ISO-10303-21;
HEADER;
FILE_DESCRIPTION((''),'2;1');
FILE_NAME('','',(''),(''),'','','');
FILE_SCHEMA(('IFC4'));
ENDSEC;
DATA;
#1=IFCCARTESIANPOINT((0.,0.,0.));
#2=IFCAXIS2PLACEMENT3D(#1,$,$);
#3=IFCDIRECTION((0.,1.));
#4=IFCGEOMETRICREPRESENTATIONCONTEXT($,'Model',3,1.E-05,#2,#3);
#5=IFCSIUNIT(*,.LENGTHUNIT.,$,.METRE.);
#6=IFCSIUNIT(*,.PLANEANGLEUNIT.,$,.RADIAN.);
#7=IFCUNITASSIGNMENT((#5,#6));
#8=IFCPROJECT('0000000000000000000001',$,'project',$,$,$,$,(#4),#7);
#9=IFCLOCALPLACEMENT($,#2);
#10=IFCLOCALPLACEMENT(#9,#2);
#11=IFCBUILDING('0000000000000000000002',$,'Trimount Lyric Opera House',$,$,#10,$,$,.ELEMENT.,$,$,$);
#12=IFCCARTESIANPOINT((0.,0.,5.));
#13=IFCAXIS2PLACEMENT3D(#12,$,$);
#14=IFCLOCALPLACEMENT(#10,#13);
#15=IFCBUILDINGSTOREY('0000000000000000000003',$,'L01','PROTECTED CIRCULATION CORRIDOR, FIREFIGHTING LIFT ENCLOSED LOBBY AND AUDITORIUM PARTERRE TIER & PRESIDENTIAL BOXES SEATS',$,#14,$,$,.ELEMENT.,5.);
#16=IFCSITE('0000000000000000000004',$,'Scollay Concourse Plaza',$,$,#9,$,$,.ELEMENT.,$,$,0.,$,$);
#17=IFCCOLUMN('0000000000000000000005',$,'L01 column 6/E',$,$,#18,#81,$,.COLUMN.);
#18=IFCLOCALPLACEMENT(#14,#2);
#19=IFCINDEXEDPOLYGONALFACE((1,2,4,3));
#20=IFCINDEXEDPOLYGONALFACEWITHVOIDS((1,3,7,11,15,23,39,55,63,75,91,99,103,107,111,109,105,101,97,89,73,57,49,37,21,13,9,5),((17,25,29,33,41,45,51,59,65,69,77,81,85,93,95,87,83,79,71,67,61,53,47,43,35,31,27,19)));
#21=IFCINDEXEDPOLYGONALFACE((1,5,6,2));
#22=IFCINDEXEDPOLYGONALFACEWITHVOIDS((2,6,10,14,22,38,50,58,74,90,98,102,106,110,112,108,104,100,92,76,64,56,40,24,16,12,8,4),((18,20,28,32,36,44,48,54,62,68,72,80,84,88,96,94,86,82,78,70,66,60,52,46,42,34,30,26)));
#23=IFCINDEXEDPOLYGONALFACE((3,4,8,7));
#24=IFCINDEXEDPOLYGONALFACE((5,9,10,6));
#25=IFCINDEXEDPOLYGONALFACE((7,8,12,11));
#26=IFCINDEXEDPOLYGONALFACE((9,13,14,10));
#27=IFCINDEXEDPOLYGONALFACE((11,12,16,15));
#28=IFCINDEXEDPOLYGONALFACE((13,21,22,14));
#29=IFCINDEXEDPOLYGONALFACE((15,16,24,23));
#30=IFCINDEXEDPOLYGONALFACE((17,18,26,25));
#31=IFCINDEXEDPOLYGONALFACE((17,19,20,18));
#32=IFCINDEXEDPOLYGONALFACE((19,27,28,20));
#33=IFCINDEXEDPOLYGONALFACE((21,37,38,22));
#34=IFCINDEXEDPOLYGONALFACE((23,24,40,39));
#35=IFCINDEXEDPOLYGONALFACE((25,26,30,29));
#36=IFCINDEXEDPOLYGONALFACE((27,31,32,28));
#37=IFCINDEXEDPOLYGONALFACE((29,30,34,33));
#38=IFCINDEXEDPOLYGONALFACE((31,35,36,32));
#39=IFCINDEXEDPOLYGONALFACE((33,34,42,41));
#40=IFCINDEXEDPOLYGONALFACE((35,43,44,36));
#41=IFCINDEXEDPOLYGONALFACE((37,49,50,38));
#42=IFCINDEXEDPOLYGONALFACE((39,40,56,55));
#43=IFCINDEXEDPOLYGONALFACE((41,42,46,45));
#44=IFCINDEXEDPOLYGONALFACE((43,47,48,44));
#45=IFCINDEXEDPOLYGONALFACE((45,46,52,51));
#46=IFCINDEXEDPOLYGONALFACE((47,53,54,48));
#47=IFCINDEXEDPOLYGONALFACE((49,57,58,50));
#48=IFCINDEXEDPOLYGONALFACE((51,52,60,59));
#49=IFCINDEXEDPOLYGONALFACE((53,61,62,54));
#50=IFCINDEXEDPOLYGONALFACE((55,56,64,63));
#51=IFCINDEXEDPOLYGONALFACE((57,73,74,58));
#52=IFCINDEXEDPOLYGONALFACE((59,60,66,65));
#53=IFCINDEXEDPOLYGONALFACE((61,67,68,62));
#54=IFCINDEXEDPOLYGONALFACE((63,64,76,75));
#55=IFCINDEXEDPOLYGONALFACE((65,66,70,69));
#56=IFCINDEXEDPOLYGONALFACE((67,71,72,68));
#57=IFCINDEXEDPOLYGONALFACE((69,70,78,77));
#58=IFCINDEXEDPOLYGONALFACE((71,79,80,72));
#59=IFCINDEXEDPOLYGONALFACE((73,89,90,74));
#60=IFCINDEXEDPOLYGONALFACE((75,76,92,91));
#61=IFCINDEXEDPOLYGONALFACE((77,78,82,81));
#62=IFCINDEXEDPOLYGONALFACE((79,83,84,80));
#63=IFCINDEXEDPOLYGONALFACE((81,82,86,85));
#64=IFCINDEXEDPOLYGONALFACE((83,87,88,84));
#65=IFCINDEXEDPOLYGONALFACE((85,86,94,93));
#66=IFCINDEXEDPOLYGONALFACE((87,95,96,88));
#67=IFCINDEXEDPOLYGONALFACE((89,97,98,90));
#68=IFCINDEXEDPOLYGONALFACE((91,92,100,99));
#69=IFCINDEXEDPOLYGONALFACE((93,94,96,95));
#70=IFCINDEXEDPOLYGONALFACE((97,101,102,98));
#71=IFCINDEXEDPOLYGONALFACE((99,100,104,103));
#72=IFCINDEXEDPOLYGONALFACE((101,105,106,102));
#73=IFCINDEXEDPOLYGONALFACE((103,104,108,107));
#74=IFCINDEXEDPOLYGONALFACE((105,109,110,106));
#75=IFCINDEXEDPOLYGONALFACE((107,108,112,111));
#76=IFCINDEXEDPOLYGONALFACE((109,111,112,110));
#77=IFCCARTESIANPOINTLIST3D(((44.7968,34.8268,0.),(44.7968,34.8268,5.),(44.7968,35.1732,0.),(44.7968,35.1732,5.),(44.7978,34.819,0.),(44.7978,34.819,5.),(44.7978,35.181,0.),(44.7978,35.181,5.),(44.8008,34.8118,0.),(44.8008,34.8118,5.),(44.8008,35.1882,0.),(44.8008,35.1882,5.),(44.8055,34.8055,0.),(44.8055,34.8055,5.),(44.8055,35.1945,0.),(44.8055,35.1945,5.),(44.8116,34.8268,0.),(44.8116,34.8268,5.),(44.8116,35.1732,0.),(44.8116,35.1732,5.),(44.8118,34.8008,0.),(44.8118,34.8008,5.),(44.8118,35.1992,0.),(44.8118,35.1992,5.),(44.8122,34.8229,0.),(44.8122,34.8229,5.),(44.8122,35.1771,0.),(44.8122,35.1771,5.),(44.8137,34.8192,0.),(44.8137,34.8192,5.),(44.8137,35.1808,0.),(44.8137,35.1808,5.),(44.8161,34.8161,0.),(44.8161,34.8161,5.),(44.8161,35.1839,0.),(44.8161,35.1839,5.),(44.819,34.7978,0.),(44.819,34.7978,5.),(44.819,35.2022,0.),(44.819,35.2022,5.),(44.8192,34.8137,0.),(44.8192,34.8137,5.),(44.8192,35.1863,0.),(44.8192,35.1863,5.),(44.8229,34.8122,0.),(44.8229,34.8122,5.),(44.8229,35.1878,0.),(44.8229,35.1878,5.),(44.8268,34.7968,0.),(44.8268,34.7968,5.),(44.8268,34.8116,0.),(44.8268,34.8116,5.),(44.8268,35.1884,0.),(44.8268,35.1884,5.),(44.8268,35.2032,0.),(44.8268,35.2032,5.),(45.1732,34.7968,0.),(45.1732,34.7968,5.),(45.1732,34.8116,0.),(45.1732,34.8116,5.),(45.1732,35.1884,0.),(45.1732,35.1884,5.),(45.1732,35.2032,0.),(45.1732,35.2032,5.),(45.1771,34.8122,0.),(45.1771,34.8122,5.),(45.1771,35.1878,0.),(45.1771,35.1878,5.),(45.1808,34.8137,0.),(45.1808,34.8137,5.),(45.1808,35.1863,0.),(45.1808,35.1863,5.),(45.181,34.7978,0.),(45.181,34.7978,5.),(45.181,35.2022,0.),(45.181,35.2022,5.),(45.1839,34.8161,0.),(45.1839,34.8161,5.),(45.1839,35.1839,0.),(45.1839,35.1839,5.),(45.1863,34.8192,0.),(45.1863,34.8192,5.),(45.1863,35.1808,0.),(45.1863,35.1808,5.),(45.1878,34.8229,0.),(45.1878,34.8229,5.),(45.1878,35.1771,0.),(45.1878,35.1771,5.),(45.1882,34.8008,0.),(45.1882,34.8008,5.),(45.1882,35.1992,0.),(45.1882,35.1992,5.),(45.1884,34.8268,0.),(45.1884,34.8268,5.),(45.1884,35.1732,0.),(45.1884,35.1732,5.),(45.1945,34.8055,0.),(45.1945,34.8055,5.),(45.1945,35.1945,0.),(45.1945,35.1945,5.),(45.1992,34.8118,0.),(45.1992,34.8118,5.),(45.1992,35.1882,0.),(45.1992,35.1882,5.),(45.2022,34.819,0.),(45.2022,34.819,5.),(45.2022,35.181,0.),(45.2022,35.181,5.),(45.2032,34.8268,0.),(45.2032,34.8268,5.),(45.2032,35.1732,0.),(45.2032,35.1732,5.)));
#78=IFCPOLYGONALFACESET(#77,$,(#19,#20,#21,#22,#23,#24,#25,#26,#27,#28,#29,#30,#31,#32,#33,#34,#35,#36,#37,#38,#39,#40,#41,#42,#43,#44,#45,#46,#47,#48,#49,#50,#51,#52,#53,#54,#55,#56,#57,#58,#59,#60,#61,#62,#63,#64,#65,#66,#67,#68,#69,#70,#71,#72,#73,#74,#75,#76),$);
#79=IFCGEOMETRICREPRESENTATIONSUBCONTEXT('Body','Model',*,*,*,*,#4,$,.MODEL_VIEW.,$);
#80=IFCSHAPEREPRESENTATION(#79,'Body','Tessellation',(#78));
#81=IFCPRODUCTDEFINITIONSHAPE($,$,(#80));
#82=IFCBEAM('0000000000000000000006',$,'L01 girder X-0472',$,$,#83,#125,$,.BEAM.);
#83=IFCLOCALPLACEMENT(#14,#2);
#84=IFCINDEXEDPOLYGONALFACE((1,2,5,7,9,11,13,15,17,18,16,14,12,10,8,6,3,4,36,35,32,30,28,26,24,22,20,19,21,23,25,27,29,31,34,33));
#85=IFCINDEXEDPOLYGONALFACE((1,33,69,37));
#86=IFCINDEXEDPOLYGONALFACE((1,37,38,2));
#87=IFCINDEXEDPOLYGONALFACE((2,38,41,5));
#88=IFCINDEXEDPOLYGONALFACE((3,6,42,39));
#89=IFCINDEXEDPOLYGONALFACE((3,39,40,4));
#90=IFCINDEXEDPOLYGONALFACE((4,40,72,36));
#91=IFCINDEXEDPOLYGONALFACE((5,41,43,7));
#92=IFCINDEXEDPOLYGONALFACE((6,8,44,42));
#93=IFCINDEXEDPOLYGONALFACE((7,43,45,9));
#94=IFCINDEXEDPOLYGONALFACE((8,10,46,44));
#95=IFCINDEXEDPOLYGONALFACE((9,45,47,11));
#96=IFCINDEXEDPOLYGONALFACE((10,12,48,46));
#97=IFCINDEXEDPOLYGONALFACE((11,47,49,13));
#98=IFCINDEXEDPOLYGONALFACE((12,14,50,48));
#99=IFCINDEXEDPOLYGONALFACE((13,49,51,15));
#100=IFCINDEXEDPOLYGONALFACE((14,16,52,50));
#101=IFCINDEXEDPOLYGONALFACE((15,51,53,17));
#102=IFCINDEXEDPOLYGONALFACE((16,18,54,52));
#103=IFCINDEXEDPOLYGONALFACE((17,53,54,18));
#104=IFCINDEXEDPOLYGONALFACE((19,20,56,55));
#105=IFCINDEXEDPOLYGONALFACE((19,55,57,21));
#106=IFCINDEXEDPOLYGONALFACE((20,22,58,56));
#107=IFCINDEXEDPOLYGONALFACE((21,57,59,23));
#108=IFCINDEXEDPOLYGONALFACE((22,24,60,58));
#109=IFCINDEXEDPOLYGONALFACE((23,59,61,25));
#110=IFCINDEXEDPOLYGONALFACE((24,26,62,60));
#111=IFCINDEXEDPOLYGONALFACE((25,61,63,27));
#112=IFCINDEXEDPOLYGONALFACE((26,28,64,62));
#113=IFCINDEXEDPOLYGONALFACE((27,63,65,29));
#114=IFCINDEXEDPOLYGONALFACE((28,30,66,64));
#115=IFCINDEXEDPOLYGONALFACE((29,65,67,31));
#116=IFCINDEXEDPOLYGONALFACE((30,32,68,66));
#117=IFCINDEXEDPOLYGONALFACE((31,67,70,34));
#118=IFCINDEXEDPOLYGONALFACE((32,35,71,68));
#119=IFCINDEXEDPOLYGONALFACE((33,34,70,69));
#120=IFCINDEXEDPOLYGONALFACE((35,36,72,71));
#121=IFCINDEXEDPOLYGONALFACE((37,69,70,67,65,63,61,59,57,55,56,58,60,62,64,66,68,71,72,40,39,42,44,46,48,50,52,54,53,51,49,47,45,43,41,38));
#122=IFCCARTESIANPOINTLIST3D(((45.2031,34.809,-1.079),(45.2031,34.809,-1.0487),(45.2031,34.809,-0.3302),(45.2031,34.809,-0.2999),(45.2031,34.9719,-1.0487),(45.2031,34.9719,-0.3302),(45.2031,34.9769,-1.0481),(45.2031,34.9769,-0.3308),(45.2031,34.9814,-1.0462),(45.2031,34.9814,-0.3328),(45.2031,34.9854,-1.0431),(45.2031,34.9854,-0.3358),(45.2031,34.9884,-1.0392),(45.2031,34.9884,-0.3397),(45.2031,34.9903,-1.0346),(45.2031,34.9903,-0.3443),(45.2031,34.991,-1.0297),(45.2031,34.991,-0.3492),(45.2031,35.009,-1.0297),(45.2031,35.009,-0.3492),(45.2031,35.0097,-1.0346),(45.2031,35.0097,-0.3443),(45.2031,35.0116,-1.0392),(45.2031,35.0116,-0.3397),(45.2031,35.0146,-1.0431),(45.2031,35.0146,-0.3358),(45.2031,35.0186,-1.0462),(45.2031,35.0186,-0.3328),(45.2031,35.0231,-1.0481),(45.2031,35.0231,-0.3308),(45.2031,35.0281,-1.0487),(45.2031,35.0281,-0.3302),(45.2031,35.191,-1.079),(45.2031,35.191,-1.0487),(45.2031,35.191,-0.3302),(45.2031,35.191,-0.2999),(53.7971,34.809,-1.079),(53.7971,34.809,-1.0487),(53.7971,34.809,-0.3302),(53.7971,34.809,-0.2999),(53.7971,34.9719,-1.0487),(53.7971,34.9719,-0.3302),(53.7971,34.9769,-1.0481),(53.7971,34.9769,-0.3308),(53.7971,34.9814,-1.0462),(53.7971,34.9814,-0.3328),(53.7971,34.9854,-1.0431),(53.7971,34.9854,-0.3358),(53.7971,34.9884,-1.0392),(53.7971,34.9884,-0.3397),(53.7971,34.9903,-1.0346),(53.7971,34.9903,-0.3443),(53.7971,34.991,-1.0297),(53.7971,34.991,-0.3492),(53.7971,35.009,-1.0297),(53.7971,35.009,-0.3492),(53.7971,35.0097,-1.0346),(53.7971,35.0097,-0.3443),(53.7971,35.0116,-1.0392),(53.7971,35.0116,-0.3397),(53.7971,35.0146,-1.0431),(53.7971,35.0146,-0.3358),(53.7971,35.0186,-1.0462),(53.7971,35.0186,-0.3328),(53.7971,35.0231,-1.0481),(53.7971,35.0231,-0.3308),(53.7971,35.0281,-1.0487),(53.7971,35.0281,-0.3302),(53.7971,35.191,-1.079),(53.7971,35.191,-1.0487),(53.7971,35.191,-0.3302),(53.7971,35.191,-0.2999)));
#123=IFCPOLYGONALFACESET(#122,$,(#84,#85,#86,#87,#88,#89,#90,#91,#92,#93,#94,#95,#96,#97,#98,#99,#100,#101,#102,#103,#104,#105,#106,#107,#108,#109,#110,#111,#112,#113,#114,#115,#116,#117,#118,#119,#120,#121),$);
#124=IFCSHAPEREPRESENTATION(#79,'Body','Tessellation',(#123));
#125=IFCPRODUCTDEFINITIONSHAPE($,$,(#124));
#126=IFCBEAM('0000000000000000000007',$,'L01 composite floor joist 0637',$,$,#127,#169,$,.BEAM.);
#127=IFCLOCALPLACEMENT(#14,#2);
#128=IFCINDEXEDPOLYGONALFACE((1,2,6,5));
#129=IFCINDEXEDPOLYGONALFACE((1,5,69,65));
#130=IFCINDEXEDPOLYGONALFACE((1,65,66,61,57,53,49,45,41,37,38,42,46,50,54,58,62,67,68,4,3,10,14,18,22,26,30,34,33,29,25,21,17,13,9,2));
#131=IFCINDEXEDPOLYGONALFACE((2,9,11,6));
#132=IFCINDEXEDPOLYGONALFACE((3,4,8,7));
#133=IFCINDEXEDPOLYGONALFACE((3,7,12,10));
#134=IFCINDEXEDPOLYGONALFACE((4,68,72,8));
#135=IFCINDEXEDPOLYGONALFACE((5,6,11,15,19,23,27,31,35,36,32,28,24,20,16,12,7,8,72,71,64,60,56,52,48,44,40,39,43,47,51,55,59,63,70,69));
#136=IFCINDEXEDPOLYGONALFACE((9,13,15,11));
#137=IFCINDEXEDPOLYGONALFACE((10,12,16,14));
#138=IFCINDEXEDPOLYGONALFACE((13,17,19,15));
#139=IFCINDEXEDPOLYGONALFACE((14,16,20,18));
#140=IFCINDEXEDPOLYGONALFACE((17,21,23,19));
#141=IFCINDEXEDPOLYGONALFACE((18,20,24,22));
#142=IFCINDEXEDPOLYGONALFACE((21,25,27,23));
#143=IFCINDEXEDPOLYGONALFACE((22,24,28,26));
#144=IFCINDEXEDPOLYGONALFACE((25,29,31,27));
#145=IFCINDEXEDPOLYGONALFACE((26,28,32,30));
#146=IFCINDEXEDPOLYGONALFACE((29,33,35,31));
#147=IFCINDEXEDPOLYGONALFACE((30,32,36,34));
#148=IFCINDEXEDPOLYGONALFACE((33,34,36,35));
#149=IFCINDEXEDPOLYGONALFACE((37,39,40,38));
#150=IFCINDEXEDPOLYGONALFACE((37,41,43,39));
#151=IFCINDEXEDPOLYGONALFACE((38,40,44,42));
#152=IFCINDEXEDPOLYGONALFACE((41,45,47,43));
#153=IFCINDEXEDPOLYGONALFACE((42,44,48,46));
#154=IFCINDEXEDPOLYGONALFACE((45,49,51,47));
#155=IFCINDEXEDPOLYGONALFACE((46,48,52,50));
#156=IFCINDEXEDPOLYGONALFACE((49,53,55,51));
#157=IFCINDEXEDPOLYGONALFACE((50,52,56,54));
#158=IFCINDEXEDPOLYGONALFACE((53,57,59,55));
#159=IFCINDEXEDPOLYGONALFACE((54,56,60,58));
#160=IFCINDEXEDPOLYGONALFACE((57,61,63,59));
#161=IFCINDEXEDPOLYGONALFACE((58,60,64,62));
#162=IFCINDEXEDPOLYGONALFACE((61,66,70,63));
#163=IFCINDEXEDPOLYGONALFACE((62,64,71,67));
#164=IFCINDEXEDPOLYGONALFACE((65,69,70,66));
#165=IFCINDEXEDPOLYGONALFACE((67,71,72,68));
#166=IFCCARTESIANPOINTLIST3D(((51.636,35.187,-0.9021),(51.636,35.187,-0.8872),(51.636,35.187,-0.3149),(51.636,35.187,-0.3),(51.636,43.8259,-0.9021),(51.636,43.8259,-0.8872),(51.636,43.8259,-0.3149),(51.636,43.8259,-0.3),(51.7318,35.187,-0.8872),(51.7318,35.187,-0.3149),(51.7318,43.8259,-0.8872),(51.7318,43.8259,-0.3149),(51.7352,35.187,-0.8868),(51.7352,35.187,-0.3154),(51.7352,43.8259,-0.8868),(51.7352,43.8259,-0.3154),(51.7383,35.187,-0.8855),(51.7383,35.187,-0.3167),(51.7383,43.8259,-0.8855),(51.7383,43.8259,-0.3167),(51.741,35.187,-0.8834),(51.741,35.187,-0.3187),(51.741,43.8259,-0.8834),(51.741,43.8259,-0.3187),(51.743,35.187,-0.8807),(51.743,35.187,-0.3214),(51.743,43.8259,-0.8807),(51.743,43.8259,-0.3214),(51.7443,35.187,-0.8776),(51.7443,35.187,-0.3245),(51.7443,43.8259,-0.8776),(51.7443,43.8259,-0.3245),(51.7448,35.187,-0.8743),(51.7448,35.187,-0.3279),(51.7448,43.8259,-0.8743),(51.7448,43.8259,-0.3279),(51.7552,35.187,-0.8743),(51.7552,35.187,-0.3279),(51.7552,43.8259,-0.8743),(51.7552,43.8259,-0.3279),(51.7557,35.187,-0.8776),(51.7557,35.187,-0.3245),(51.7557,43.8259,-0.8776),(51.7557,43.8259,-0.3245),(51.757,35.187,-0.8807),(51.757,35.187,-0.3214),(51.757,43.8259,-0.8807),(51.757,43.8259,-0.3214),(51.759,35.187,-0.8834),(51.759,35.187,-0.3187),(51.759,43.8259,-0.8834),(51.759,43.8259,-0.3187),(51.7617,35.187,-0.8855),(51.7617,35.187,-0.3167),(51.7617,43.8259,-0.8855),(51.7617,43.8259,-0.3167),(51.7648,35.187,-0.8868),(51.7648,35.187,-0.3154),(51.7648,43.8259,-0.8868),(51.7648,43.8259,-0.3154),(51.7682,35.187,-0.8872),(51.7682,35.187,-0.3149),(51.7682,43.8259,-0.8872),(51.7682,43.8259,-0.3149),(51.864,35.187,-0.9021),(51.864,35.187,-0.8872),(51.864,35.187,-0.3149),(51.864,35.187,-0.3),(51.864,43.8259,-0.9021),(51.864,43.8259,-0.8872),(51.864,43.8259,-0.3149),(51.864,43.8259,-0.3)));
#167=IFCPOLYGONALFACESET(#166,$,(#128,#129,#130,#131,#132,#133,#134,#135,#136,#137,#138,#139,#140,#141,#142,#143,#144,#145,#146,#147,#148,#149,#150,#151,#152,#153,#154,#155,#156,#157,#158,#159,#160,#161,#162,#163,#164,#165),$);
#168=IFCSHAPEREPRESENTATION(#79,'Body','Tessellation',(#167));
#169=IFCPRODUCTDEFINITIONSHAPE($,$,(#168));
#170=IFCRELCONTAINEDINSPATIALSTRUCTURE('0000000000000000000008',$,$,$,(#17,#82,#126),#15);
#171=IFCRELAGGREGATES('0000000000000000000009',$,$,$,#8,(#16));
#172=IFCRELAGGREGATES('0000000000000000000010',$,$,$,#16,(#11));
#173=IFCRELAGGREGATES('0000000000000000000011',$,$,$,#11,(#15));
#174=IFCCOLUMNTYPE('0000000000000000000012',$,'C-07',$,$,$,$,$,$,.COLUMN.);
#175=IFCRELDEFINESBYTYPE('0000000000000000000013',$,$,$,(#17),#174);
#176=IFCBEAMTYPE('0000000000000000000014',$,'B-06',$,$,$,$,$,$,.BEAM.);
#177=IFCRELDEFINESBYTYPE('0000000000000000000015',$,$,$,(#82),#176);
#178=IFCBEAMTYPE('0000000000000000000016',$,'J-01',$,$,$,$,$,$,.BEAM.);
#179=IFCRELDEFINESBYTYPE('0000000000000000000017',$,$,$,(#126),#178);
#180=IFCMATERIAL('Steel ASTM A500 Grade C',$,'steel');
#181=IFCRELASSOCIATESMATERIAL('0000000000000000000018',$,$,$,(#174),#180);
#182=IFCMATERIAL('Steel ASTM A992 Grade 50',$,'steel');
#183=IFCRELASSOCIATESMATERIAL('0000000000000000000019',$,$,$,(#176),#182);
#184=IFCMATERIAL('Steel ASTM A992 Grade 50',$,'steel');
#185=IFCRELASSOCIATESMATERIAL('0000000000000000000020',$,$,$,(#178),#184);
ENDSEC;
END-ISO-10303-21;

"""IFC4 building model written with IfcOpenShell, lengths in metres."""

from ifc_helpers import new_model, si_unit, direction, frame, origin, origin_2d, place, context, subcontext, project, spatial, hollow_rectangle, i_section, extrude, material, material_profile, profile_set, type_object, element, save


model = new_model("IFC4")

# Units and contexts
model_context = context("Model", 3, precision=1e-05, world=origin(), true_north=direction((0.0, 1.0)))
body_context = subcontext(model_context, "Body", "Model", "MODEL_VIEW")
ifc_project = project(units=[si_unit("LENGTHUNIT", "METRE"), si_unit("PLANEANGLEUNIT", "RADIAN")], contexts=[model_context])

# Site, building, storey
site_placement = place(None, origin())
site = spatial("IfcSite", under=ifc_project, at=site_placement, Name="Scollay Concourse Plaza", CompositionType="ELEMENT", RefElevation=0.0)
building_placement = place(site_placement, origin())
building = spatial("IfcBuilding", under=site, at=building_placement, Name="Trimount Lyric Opera House", CompositionType="ELEMENT")
storey_placement = place(building_placement, frame((0.0, 0.0, 5.0)))
storey = spatial("IfcBuildingStorey", under=building, at=storey_placement, Name="L01", Description="PROTECTED CIRCULATION CORRIDOR, FIREFIGHTING LIFT ENCLOSED LOBBY AND AUDITORIUM PARTERRE TIER & PRESIDENTIAL BOXES SEATS", CompositionType="ELEMENT", Elevation=5.0)

# Column
ifc_material_1 = material(Name="Steel ASTM A500 Grade C", Category="steel")
ifc_material_profile_1 = material_profile(ifc_material_1, hollow_rectangle(XDim=0.4065, YDim=0.4065, WallThickness=0.0149, InnerFilletRadius=0.0151, OuterFilletRadius=0.03, at=origin_2d()), Name="HSS406.4X406.4X15.9")
ifc_profile_set_1 = profile_set([ifc_material_profile_1], Name="Steel ASTM A500 Grade C")
column_type = type_object("IfcColumnType", Name="C-07", PredefinedType="COLUMN", material=ifc_profile_set_1)
column_placement = place(storey_placement, frame((45.0, 35.0, 0.0), z_axis=(0.0, 0.0, 1.0), x_axis=(1.0, 0.0, 0.0)))
element("IfcColumn", 1, at=column_placement, inside=storey, type_object=column_type, Name="L01 column 6/E", PredefinedType="COLUMN", context=body_context, shape_type="SweptSolid", body=[
    extrude(hollow_rectangle(XDim=0.4065, YDim=0.4065, WallThickness=0.0149, InnerFilletRadius=0.0151, OuterFilletRadius=0.03, at=origin_2d()), origin(), (0.0, 0.0, 1.0), 5.0),
])

# Beams
ifc_material_2 = material(Name="Steel ASTM A992 Grade 50", Category="steel")
ifc_material_profile_2 = material_profile(ifc_material_2, i_section(OverallWidth=0.3821, OverallDepth=0.7791, WebThickness=0.0181, FlangeThickness=0.0303, FilletRadius=0.019, at=origin_2d()), Name="W30X191")
ifc_profile_set_2 = profile_set([ifc_material_profile_2], Name="Steel ASTM A992 Grade 50")
beam_type_1 = type_object("IfcBeamType", Name="B-06", PredefinedType="BEAM", material=ifc_profile_set_2)
beam_1_placement = place(storey_placement, frame((45.2031, 35.0, -0.6895), z_axis=(1.0, 0.0, 0.0), x_axis=(0.0, 1.0, 0.0)))
element("IfcBeam", 2, at=beam_1_placement, inside=storey, type_object=beam_type_1, Name="L01 girder X-0472", PredefinedType="BEAM", context=body_context, shape_type="SweptSolid", body=[
    extrude(i_section(OverallWidth=0.3821, OverallDepth=0.7791, WebThickness=0.0181, FlangeThickness=0.0303, FilletRadius=0.019, at=origin_2d()), origin(), (0.0, 0.0, 1.0), 8.594),
])
ifc_material_3 = material(Name="Steel ASTM A992 Grade 50", Category="steel")
ifc_material_profile_3 = material_profile(ifc_material_3, i_section(OverallWidth=0.228, OverallDepth=0.6021, WebThickness=0.0105, FlangeThickness=0.0149, FilletRadius=0.0129, at=origin_2d()), Name="W24X68")
ifc_profile_set_3 = profile_set([ifc_material_profile_3], Name="Steel ASTM A992 Grade 50")
beam_type_2 = type_object("IfcBeamType", Name="J-01", PredefinedType="BEAM", material=ifc_profile_set_3)
beam_2_placement = place(storey_placement, frame((51.75, 35.187, -0.6011), z_axis=(0.0, 1.0, 0.0), x_axis=(-1.0, 0.0, 0.0)))
element("IfcBeam", 3, at=beam_2_placement, inside=storey, type_object=beam_type_2, Name="L01 composite floor joist 0637", PredefinedType="BEAM", context=body_context, shape_type="SweptSolid", body=[
    extrude(i_section(OverallWidth=0.228, OverallDepth=0.6021, WebThickness=0.0105, FlangeThickness=0.0149, FilletRadius=0.0129, at=origin_2d()), origin(), (0.0, 0.0, 1.0), 8.6389),
])

save(model, "model.ifc")
